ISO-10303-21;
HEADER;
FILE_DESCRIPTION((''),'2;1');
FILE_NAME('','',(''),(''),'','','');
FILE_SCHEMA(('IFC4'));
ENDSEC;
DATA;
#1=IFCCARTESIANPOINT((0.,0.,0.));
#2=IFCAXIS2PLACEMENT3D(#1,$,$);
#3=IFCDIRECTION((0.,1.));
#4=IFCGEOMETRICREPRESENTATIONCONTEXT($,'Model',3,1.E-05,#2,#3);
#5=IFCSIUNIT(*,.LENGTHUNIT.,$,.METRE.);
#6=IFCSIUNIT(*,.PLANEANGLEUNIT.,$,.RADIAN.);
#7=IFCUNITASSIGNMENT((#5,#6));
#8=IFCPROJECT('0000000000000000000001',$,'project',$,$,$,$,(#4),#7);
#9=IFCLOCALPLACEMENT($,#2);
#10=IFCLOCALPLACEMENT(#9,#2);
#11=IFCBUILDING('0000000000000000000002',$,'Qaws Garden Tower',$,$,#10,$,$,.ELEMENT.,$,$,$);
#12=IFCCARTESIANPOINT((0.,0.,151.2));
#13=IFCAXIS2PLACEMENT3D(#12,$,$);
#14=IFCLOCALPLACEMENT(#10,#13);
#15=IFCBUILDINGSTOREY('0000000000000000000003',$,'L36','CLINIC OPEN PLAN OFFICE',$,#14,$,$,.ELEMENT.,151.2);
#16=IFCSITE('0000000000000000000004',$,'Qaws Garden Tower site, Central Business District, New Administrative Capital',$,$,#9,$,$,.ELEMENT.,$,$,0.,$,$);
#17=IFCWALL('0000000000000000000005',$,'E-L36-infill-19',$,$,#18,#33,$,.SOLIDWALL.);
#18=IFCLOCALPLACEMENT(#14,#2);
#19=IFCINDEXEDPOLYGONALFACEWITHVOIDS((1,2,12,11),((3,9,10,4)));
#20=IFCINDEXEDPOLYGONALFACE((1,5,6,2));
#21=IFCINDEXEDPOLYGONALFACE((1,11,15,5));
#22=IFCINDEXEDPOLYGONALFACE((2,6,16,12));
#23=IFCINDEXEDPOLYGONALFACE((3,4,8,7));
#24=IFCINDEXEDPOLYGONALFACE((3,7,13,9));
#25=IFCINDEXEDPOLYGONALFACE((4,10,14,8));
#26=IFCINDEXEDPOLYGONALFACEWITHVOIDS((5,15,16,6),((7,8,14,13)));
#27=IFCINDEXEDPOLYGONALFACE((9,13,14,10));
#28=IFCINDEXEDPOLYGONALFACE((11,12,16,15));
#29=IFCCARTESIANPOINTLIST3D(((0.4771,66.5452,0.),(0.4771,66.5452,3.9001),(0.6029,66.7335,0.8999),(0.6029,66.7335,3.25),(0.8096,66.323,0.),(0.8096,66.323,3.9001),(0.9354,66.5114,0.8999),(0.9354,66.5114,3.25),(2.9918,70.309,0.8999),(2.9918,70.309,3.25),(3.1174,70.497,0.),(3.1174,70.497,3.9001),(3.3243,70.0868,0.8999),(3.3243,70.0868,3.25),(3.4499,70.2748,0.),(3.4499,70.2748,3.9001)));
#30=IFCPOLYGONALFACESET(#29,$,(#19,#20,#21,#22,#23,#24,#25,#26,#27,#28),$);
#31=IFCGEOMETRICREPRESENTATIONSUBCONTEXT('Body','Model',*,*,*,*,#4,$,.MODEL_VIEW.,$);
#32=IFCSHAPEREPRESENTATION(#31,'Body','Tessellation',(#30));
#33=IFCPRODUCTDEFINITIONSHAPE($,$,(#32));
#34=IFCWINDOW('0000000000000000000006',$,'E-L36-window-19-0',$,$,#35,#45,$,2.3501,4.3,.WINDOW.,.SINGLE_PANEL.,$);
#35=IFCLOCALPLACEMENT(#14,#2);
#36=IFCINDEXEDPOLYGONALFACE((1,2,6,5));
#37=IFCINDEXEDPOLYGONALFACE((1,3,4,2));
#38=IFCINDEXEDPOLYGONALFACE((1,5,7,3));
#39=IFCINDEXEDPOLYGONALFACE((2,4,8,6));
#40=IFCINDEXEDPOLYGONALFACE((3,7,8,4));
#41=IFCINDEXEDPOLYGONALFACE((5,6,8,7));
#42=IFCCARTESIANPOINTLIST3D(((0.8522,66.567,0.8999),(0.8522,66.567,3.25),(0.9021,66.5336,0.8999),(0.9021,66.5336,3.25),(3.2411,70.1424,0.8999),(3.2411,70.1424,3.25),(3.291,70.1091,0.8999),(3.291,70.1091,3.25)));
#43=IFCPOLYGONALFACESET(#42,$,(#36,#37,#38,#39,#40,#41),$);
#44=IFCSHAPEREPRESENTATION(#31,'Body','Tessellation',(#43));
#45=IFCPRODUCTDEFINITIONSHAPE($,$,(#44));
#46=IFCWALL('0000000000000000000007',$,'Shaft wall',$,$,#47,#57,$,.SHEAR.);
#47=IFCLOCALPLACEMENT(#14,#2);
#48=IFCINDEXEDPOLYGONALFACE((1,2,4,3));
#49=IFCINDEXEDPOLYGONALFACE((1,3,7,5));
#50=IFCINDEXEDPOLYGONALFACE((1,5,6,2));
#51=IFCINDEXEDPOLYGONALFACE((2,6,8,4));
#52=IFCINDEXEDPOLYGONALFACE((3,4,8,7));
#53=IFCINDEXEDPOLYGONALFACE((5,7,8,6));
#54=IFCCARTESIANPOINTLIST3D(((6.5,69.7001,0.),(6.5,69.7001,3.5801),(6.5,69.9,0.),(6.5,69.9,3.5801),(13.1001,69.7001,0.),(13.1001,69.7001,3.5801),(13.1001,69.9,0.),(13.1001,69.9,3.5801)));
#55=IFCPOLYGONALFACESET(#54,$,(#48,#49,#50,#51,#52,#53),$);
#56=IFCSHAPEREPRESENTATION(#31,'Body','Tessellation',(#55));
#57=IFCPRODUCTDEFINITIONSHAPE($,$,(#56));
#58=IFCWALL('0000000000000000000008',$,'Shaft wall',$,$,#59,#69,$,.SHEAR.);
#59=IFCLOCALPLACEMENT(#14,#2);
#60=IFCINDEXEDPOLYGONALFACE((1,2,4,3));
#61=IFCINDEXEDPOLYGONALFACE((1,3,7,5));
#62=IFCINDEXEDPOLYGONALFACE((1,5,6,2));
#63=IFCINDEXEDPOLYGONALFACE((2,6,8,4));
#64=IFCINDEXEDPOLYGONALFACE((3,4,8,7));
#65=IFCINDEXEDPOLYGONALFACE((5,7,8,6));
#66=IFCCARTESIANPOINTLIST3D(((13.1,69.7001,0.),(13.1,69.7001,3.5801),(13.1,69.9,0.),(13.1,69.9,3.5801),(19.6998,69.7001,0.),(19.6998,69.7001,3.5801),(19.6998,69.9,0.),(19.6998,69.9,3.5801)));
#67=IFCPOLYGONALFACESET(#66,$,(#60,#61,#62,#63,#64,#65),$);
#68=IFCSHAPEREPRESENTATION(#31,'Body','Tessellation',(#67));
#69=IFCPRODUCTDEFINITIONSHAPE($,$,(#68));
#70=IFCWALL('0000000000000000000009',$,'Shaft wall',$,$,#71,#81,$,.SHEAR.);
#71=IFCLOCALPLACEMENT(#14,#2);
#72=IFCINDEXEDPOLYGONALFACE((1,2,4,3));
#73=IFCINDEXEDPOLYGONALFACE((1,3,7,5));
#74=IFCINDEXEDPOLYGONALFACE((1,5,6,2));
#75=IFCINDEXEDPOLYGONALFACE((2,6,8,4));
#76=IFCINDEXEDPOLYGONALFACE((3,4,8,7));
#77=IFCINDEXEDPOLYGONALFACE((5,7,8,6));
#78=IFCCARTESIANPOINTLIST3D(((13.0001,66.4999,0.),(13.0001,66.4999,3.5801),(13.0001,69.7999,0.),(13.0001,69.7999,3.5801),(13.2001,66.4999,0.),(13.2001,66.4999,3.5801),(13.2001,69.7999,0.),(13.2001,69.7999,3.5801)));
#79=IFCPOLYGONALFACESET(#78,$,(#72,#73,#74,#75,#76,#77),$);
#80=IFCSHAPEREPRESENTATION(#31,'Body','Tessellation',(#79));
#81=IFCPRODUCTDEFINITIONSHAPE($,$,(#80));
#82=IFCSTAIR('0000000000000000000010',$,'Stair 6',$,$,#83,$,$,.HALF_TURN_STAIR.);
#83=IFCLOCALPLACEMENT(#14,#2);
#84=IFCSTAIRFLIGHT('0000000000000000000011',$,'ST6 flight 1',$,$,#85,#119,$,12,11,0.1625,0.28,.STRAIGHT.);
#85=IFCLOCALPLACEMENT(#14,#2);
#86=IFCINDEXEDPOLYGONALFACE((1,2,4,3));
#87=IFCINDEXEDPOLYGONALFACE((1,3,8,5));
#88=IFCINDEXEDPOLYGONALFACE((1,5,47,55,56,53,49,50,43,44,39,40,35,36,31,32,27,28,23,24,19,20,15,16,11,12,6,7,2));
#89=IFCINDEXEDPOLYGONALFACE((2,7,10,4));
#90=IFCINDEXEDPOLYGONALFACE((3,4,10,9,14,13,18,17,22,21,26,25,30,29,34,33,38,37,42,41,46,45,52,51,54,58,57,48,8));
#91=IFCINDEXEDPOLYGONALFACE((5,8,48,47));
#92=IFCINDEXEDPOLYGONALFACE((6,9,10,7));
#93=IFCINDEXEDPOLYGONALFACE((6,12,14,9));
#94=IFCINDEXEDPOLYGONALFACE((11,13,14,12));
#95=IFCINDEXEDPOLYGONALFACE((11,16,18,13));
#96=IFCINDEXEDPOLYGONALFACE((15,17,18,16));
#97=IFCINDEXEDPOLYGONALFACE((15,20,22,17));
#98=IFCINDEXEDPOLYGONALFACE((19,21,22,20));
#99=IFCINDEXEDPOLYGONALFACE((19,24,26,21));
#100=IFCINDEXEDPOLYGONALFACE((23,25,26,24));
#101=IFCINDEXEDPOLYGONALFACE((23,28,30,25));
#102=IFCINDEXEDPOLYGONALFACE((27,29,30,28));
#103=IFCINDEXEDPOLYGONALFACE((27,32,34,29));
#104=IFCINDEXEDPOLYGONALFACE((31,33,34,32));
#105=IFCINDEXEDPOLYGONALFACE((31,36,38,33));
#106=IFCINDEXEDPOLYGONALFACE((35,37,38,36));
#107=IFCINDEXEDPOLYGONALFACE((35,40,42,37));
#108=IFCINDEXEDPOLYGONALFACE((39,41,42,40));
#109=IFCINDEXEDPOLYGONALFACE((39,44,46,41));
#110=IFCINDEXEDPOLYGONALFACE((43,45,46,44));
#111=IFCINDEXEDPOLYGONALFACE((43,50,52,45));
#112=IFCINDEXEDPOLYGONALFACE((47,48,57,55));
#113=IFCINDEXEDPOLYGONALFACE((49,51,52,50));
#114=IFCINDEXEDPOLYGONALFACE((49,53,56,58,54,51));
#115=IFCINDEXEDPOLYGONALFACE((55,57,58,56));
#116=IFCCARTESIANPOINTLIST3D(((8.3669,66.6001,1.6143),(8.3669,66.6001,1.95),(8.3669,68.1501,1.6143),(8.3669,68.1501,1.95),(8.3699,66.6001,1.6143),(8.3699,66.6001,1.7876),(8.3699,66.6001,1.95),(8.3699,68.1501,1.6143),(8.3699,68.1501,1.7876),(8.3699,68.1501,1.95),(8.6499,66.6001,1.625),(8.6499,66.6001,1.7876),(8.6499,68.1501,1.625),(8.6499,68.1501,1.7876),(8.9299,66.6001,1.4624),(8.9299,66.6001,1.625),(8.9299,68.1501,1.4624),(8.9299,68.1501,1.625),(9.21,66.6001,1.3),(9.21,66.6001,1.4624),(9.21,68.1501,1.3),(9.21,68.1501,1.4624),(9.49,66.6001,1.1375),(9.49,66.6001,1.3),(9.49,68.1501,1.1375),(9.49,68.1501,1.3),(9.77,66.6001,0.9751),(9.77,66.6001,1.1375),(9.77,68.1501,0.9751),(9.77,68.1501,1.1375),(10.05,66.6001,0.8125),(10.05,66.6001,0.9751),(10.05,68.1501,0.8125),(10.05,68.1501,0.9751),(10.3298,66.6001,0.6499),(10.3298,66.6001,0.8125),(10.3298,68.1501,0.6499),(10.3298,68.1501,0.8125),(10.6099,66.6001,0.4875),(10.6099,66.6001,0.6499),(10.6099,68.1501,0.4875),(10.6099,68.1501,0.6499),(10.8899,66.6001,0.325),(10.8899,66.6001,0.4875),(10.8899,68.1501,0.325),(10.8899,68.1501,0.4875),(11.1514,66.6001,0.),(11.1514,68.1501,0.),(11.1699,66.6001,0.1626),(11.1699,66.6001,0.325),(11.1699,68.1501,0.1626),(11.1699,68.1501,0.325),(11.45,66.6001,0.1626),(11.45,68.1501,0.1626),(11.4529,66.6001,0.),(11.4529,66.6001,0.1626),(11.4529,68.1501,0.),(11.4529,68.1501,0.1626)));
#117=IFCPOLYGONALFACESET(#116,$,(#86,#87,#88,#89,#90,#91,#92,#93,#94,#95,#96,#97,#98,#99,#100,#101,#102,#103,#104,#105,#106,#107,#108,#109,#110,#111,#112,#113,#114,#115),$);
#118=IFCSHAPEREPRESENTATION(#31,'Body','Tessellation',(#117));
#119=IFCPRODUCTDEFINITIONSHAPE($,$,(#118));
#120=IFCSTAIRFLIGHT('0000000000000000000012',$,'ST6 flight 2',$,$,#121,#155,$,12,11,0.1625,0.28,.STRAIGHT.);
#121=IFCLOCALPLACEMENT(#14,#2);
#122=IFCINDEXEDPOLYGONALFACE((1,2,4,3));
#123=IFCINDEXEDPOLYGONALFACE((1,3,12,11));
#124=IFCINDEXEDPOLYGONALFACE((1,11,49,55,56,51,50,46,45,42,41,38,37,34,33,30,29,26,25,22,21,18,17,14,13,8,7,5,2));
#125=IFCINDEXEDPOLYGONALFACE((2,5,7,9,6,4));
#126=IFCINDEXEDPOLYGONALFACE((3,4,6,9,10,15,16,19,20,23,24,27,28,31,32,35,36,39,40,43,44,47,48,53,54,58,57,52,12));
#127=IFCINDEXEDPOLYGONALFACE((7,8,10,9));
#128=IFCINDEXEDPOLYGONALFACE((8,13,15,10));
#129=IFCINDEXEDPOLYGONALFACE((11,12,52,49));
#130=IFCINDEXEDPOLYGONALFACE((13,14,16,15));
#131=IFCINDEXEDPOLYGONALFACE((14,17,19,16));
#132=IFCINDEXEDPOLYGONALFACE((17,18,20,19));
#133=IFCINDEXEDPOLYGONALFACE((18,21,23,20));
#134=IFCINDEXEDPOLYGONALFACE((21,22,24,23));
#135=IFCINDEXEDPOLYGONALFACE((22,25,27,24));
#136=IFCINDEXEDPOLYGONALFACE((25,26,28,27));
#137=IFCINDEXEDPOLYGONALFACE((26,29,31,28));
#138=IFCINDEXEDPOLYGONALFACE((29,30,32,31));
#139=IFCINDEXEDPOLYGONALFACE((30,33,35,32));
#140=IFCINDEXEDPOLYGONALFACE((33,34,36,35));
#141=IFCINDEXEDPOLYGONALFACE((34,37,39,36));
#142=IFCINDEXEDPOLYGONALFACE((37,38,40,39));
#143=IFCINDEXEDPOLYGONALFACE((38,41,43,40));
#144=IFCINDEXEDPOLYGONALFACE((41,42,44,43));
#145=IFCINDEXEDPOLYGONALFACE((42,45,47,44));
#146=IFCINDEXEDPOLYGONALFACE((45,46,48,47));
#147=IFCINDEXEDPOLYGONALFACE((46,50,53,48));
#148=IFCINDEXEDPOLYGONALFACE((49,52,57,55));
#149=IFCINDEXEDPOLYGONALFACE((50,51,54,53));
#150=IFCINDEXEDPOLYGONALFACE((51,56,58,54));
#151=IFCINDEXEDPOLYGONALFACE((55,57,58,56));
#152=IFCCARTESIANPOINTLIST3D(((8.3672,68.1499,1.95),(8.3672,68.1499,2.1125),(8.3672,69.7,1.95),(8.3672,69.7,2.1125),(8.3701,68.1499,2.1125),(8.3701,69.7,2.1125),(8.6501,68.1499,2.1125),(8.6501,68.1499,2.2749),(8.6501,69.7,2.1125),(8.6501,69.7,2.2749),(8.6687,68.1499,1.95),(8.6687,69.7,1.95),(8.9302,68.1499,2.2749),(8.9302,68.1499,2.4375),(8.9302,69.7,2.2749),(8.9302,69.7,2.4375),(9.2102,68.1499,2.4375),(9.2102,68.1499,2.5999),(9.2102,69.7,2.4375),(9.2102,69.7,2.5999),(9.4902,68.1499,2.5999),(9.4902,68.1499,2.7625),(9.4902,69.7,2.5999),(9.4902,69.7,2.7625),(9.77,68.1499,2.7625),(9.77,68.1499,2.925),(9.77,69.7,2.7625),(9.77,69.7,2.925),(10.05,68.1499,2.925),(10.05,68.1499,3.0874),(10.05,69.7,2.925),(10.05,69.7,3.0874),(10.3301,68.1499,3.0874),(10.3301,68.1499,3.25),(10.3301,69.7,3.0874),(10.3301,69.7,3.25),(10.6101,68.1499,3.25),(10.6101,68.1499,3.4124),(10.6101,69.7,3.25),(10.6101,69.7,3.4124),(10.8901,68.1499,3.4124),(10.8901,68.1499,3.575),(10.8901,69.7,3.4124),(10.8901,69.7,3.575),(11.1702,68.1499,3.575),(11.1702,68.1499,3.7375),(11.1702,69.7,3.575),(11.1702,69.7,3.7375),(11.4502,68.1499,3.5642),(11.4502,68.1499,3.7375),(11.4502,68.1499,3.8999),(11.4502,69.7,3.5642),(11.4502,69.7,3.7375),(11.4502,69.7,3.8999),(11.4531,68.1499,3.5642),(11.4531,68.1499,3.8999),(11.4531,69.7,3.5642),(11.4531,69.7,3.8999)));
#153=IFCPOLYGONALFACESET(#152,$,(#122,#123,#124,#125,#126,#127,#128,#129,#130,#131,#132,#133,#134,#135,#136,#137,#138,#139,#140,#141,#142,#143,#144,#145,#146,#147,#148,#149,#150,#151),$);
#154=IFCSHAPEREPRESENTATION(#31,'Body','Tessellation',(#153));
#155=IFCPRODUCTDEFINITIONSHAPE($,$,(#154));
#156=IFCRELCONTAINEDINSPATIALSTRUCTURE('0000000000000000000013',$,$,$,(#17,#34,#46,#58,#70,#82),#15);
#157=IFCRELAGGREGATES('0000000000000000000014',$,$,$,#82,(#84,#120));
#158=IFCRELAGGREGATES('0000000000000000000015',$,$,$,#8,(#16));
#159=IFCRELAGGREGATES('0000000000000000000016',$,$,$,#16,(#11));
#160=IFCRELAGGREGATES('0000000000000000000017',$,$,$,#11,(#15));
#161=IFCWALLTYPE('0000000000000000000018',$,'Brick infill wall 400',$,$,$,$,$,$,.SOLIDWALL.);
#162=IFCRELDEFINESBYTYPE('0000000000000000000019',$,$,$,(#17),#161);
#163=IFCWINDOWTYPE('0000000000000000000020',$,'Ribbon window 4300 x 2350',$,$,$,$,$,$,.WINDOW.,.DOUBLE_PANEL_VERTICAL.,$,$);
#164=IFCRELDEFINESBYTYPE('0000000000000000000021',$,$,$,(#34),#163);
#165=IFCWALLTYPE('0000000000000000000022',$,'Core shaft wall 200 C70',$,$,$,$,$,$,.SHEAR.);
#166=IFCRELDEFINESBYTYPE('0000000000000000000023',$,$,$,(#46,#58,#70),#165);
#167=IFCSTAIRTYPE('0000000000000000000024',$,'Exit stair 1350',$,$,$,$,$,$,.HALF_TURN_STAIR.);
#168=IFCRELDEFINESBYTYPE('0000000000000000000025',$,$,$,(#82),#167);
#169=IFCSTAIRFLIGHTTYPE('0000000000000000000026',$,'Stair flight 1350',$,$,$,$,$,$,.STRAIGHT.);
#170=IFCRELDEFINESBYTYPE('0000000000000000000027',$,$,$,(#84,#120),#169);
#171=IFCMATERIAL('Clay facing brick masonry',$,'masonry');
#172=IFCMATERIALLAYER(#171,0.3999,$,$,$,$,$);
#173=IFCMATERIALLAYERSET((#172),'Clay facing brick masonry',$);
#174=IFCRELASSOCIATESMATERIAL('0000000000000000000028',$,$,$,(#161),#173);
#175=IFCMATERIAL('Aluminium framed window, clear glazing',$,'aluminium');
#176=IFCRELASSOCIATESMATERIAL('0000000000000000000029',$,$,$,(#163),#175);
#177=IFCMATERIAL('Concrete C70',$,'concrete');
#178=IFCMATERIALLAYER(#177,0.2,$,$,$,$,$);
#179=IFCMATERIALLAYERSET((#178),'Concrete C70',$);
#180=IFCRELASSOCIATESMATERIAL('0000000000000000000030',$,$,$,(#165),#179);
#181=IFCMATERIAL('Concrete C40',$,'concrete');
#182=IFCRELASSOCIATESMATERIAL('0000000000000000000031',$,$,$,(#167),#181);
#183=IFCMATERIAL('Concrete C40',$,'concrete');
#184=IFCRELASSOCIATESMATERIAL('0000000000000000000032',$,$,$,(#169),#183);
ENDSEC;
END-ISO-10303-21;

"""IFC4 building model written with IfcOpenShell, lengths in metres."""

from ifc_helpers import new_model, si_unit, direction, frame, frame_2d, origin, place, context, subcontext, project, spatial, polyline, rectangle, outline, extrude, material, layer, layer_set, type_object, element, fill, aggregate, save


model = new_model("IFC4")

# Units and contexts
model_context = context("Model", 3, precision=1e-05, world=origin(), true_north=direction((0.0, 1.0)))
body_context = subcontext(model_context, "Body", "Model", "MODEL_VIEW")
ifc_project = project(units=[si_unit("LENGTHUNIT", "METRE"), si_unit("PLANEANGLEUNIT", "RADIAN")], contexts=[model_context])

# Site, building, storey
site_placement = place(None, origin())
site = spatial("IfcSite", under=ifc_project, at=site_placement, Name="Qaws Garden Tower site, Central Business District, New Administrative Capital", CompositionType="ELEMENT", RefElevation=0.0)
building_placement = place(site_placement, origin())
building = spatial("IfcBuilding", under=site, at=building_placement, Name="Qaws Garden Tower", CompositionType="ELEMENT")
storey_placement = place(building_placement, frame((0.0, 0.0, 151.2)))
storey = spatial("IfcBuildingStorey", under=building, at=storey_placement, Name="L36", Description="CLINIC OPEN PLAN OFFICE", CompositionType="ELEMENT", Elevation=151.2)

# Wall, opening, window
ifc_material_1 = material(Name="Clay facing brick masonry", Category="masonry")
ifc_layer_1 = layer(ifc_material_1, 0.3999)
ifc_layer_set_1 = layer_set([ifc_layer_1], Name="Clay facing brick masonry")
wall_type_1 = type_object("IfcWallType", Name="Brick infill wall 400", PredefinedType="SOLIDWALL", material=ifc_layer_set_1)
ifc_material_2 = material(Name="Aluminium framed window, clear glazing", Category="aluminium")
window_type = type_object("IfcWindowType", Name="Ribbon window 4300 x 2350", PartitioningType="DOUBLE_PANEL_VERTICAL", PredefinedType="WINDOW", material=ifc_material_2)
wall_1_placement = place(storey_placement, frame((3.2837, 70.386, 0.0), z_axis=(0.0, 0.0, 1.0), x_axis=(-0.555542, -0.831489, 0.0)))
wall_1 = element("IfcWall", 1, at=wall_1_placement, inside=storey, type_object=wall_type_1, Name="E-L36-infill-19", PredefinedType="SOLIDWALL", context=body_context, shape_type="SweptSolid", body=[
    extrude(rectangle(XDim=4.7527, YDim=0.3999, at=frame_2d((2.3765, 0.0))), origin(), (0.0, 0.0, 1.0), 3.9001),
])
opening_1_placement = place(wall_1_placement, frame((0.2263, 0.0, 0.8999)))
opening_1 = element("IfcOpeningElement", 2, at=opening_1_placement, cuts=wall_1, PredefinedType="OPENING", context=body_context, shape_type="SweptSolid", body=[
    extrude(rectangle(XDim=4.3, YDim=2.3501, at=frame_2d((2.1499, 1.175))), frame((0.0, 0.21, 0.0), z_axis=(0.0, -1.0, 0.0), x_axis=(1.0, 0.0, 0.0)), (0.0, 0.0, 1.0), 0.4199),
])
window_1_placement = place(opening_1_placement, origin())
window_1 = element("IfcWindow", 3, at=window_1_placement, inside=storey, type_object=window_type, Name="E-L36-window-19-0", OverallHeight=2.3501, OverallWidth=4.3, PartitioningType="SINGLE_PANEL", PredefinedType="WINDOW", context=body_context, shape_type="SweptSolid", body=[
    extrude(rectangle(XDim=4.3, YDim=2.3501, at=frame_2d((2.1499, 1.175))), frame((0.0, 0.1599, 0.0), z_axis=(0.0, -1.0, 0.0), x_axis=(1.0, 0.0, 0.0)), (0.0, 0.0, 1.0), 0.0601),
])
fill(opening_1, window_1)

# Walls
ifc_material_3 = material(Name="Concrete C70", Category="concrete")
ifc_layer_2 = layer(ifc_material_3, 0.2)
ifc_layer_set_2 = layer_set([ifc_layer_2], Name="Concrete C70")
wall_type_2 = type_object("IfcWallType", Name="Core shaft wall 200 C70", PredefinedType="SHEAR", material=ifc_layer_set_2)
wall_2_placement = place(storey_placement, frame((6.5, 69.8, 0.0), z_axis=(0.0, 0.0, 1.0), x_axis=(1.0, 0.0, 0.0)))
element("IfcWall", 4, at=wall_2_placement, inside=storey, type_object=wall_type_2, Name="Shaft wall", PredefinedType="SHEAR", context=body_context, shape_type="SweptSolid", body=[
    extrude(rectangle(XDim=6.6001, YDim=0.2, at=frame_2d((3.3, 0.0))), origin(), (0.0, 0.0, 1.0), 3.5801),
])
wall_3_placement = place(storey_placement, frame((13.1001, 69.8, 0.0), z_axis=(0.0, 0.0, 1.0), x_axis=(1.0, 0.0, 0.0)))
element("IfcWall", 5, at=wall_3_placement, inside=storey, type_object=wall_type_2, Name="Shaft wall", PredefinedType="SHEAR", context=body_context, shape_type="SweptSolid", body=[
    extrude(rectangle(XDim=6.5999, YDim=0.2, at=frame_2d((3.2998, 0.0))), origin(), (0.0, 0.0, 1.0), 3.5801),
])
wall_4_placement = place(storey_placement, frame((13.1001, 66.5, 0.0), z_axis=(0.0, 0.0, 1.0), x_axis=(0.0, 1.0, 0.0)))
element("IfcWall", 6, at=wall_4_placement, inside=storey, type_object=wall_type_2, Name="Shaft wall", PredefinedType="SHEAR", context=body_context, shape_type="SweptSolid", body=[
    extrude(rectangle(XDim=3.3, YDim=0.2, at=frame_2d((1.6499, 0.0))), origin(), (0.0, 0.0, 1.0), 3.5801),
])

# Stair, stair flights
ifc_material_4 = material(Name="Concrete C40", Category="concrete")
stair_type = type_object("IfcStairType", Name="Exit stair 1350", PredefinedType="HALF_TURN_STAIR", material=ifc_material_4)
placement = place(storey_placement, origin())
stair_1 = element("IfcStair", 7, at=placement, inside=storey, type_object=stair_type, Name="Stair 6", PredefinedType="HALF_TURN_STAIR")
ifc_material_5 = material(Name="Concrete C40", Category="concrete")
stair_flight_type = type_object("IfcStairFlightType", Name="Stair flight 1350", PredefinedType="STRAIGHT", material=ifc_material_5)
stair_flight_1_placement = place(storey_placement, frame((11.45, 67.375, 0.0), z_axis=(0.0, 0.0, 1.0), x_axis=(-1.0, 0.0, 0.0)))
stair_flight_1 = element("IfcStairFlight", 8, at=stair_flight_1_placement, type_object=stair_flight_type, Name="ST6 flight 1", NumberOfRisers=12, NumberOfTreads=11, PredefinedType="STRAIGHT", RiserHeight=0.1625, TreadLength=0.28, context=body_context, shape_type="SweptSolid", body=[
    extrude(outline(polyline([(-0.0029, 0.0), (-0.0029, 0.1626), (0.0, 0.1626), (0.28, 0.1626), (0.28, 0.325), (0.5601, 0.325), (0.5601, 0.4875), (0.8401, 0.4875), (0.8401, 0.6499), (1.1201, 0.6499), (1.1201, 0.8125), (1.3999, 0.8125), (1.3999, 0.9751), (1.6799, 0.9751), (1.6799, 1.1375), (1.96, 1.1375), (1.96, 1.3), (2.24, 1.3), (2.24, 1.4624), (2.52, 1.4624), (2.52, 1.625), (2.8, 1.625), (2.8, 1.7876), (3.0801, 1.7876), (3.0801, 1.95), (3.083, 1.95), (3.083, 1.6143), (3.0801, 1.6143), (0.2986, 0.0), (-0.0029, 0.0)])), frame((0.0, 0.7749, 0.0), z_axis=(0.0, -1.0, 0.0), x_axis=(1.0, 0.0, 0.0)), (0.0, 0.0, 1.0), 1.55),
])
stair_flight_2_placement = place(storey_placement, frame((8.3701, 68.925, 1.95), z_axis=(0.0, 0.0, 1.0), x_axis=(1.0, 0.0, 0.0)))
stair_flight_2 = element("IfcStairFlight", 9, at=stair_flight_2_placement, type_object=stair_flight_type, Name="ST6 flight 2", NumberOfRisers=12, NumberOfTreads=11, PredefinedType="STRAIGHT", RiserHeight=0.1625, TreadLength=0.28, context=body_context, shape_type="SweptSolid", body=[
    extrude(outline(polyline([(-0.0029, 0.0), (-0.0029, 0.1626), (0.0, 0.1626), (0.28, 0.1626), (0.28, 0.325), (0.5601, 0.325), (0.5601, 0.4875), (0.8401, 0.4875), (0.8401, 0.6499), (1.1201, 0.6499), (1.1201, 0.8125), (1.3999, 0.8125), (1.3999, 0.9751), (1.6799, 0.9751), (1.6799, 1.1375), (1.96, 1.1375), (1.96, 1.3), (2.24, 1.3), (2.24, 1.4624), (2.52, 1.4624), (2.52, 1.625), (2.8, 1.625), (2.8, 1.7876), (3.0801, 1.7876), (3.0801, 1.95), (3.083, 1.95), (3.083, 1.6143), (3.0801, 1.6143), (0.2986, 0.0), (-0.0029, 0.0)])), frame((0.0, 0.7749, 0.0), z_axis=(0.0, -1.0, 0.0), x_axis=(1.0, 0.0, 0.0)), (0.0, 0.0, 1.0), 1.55),
])
aggregate(stair_1, [stair_flight_1, stair_flight_2])

save(model, "model.ifc")
